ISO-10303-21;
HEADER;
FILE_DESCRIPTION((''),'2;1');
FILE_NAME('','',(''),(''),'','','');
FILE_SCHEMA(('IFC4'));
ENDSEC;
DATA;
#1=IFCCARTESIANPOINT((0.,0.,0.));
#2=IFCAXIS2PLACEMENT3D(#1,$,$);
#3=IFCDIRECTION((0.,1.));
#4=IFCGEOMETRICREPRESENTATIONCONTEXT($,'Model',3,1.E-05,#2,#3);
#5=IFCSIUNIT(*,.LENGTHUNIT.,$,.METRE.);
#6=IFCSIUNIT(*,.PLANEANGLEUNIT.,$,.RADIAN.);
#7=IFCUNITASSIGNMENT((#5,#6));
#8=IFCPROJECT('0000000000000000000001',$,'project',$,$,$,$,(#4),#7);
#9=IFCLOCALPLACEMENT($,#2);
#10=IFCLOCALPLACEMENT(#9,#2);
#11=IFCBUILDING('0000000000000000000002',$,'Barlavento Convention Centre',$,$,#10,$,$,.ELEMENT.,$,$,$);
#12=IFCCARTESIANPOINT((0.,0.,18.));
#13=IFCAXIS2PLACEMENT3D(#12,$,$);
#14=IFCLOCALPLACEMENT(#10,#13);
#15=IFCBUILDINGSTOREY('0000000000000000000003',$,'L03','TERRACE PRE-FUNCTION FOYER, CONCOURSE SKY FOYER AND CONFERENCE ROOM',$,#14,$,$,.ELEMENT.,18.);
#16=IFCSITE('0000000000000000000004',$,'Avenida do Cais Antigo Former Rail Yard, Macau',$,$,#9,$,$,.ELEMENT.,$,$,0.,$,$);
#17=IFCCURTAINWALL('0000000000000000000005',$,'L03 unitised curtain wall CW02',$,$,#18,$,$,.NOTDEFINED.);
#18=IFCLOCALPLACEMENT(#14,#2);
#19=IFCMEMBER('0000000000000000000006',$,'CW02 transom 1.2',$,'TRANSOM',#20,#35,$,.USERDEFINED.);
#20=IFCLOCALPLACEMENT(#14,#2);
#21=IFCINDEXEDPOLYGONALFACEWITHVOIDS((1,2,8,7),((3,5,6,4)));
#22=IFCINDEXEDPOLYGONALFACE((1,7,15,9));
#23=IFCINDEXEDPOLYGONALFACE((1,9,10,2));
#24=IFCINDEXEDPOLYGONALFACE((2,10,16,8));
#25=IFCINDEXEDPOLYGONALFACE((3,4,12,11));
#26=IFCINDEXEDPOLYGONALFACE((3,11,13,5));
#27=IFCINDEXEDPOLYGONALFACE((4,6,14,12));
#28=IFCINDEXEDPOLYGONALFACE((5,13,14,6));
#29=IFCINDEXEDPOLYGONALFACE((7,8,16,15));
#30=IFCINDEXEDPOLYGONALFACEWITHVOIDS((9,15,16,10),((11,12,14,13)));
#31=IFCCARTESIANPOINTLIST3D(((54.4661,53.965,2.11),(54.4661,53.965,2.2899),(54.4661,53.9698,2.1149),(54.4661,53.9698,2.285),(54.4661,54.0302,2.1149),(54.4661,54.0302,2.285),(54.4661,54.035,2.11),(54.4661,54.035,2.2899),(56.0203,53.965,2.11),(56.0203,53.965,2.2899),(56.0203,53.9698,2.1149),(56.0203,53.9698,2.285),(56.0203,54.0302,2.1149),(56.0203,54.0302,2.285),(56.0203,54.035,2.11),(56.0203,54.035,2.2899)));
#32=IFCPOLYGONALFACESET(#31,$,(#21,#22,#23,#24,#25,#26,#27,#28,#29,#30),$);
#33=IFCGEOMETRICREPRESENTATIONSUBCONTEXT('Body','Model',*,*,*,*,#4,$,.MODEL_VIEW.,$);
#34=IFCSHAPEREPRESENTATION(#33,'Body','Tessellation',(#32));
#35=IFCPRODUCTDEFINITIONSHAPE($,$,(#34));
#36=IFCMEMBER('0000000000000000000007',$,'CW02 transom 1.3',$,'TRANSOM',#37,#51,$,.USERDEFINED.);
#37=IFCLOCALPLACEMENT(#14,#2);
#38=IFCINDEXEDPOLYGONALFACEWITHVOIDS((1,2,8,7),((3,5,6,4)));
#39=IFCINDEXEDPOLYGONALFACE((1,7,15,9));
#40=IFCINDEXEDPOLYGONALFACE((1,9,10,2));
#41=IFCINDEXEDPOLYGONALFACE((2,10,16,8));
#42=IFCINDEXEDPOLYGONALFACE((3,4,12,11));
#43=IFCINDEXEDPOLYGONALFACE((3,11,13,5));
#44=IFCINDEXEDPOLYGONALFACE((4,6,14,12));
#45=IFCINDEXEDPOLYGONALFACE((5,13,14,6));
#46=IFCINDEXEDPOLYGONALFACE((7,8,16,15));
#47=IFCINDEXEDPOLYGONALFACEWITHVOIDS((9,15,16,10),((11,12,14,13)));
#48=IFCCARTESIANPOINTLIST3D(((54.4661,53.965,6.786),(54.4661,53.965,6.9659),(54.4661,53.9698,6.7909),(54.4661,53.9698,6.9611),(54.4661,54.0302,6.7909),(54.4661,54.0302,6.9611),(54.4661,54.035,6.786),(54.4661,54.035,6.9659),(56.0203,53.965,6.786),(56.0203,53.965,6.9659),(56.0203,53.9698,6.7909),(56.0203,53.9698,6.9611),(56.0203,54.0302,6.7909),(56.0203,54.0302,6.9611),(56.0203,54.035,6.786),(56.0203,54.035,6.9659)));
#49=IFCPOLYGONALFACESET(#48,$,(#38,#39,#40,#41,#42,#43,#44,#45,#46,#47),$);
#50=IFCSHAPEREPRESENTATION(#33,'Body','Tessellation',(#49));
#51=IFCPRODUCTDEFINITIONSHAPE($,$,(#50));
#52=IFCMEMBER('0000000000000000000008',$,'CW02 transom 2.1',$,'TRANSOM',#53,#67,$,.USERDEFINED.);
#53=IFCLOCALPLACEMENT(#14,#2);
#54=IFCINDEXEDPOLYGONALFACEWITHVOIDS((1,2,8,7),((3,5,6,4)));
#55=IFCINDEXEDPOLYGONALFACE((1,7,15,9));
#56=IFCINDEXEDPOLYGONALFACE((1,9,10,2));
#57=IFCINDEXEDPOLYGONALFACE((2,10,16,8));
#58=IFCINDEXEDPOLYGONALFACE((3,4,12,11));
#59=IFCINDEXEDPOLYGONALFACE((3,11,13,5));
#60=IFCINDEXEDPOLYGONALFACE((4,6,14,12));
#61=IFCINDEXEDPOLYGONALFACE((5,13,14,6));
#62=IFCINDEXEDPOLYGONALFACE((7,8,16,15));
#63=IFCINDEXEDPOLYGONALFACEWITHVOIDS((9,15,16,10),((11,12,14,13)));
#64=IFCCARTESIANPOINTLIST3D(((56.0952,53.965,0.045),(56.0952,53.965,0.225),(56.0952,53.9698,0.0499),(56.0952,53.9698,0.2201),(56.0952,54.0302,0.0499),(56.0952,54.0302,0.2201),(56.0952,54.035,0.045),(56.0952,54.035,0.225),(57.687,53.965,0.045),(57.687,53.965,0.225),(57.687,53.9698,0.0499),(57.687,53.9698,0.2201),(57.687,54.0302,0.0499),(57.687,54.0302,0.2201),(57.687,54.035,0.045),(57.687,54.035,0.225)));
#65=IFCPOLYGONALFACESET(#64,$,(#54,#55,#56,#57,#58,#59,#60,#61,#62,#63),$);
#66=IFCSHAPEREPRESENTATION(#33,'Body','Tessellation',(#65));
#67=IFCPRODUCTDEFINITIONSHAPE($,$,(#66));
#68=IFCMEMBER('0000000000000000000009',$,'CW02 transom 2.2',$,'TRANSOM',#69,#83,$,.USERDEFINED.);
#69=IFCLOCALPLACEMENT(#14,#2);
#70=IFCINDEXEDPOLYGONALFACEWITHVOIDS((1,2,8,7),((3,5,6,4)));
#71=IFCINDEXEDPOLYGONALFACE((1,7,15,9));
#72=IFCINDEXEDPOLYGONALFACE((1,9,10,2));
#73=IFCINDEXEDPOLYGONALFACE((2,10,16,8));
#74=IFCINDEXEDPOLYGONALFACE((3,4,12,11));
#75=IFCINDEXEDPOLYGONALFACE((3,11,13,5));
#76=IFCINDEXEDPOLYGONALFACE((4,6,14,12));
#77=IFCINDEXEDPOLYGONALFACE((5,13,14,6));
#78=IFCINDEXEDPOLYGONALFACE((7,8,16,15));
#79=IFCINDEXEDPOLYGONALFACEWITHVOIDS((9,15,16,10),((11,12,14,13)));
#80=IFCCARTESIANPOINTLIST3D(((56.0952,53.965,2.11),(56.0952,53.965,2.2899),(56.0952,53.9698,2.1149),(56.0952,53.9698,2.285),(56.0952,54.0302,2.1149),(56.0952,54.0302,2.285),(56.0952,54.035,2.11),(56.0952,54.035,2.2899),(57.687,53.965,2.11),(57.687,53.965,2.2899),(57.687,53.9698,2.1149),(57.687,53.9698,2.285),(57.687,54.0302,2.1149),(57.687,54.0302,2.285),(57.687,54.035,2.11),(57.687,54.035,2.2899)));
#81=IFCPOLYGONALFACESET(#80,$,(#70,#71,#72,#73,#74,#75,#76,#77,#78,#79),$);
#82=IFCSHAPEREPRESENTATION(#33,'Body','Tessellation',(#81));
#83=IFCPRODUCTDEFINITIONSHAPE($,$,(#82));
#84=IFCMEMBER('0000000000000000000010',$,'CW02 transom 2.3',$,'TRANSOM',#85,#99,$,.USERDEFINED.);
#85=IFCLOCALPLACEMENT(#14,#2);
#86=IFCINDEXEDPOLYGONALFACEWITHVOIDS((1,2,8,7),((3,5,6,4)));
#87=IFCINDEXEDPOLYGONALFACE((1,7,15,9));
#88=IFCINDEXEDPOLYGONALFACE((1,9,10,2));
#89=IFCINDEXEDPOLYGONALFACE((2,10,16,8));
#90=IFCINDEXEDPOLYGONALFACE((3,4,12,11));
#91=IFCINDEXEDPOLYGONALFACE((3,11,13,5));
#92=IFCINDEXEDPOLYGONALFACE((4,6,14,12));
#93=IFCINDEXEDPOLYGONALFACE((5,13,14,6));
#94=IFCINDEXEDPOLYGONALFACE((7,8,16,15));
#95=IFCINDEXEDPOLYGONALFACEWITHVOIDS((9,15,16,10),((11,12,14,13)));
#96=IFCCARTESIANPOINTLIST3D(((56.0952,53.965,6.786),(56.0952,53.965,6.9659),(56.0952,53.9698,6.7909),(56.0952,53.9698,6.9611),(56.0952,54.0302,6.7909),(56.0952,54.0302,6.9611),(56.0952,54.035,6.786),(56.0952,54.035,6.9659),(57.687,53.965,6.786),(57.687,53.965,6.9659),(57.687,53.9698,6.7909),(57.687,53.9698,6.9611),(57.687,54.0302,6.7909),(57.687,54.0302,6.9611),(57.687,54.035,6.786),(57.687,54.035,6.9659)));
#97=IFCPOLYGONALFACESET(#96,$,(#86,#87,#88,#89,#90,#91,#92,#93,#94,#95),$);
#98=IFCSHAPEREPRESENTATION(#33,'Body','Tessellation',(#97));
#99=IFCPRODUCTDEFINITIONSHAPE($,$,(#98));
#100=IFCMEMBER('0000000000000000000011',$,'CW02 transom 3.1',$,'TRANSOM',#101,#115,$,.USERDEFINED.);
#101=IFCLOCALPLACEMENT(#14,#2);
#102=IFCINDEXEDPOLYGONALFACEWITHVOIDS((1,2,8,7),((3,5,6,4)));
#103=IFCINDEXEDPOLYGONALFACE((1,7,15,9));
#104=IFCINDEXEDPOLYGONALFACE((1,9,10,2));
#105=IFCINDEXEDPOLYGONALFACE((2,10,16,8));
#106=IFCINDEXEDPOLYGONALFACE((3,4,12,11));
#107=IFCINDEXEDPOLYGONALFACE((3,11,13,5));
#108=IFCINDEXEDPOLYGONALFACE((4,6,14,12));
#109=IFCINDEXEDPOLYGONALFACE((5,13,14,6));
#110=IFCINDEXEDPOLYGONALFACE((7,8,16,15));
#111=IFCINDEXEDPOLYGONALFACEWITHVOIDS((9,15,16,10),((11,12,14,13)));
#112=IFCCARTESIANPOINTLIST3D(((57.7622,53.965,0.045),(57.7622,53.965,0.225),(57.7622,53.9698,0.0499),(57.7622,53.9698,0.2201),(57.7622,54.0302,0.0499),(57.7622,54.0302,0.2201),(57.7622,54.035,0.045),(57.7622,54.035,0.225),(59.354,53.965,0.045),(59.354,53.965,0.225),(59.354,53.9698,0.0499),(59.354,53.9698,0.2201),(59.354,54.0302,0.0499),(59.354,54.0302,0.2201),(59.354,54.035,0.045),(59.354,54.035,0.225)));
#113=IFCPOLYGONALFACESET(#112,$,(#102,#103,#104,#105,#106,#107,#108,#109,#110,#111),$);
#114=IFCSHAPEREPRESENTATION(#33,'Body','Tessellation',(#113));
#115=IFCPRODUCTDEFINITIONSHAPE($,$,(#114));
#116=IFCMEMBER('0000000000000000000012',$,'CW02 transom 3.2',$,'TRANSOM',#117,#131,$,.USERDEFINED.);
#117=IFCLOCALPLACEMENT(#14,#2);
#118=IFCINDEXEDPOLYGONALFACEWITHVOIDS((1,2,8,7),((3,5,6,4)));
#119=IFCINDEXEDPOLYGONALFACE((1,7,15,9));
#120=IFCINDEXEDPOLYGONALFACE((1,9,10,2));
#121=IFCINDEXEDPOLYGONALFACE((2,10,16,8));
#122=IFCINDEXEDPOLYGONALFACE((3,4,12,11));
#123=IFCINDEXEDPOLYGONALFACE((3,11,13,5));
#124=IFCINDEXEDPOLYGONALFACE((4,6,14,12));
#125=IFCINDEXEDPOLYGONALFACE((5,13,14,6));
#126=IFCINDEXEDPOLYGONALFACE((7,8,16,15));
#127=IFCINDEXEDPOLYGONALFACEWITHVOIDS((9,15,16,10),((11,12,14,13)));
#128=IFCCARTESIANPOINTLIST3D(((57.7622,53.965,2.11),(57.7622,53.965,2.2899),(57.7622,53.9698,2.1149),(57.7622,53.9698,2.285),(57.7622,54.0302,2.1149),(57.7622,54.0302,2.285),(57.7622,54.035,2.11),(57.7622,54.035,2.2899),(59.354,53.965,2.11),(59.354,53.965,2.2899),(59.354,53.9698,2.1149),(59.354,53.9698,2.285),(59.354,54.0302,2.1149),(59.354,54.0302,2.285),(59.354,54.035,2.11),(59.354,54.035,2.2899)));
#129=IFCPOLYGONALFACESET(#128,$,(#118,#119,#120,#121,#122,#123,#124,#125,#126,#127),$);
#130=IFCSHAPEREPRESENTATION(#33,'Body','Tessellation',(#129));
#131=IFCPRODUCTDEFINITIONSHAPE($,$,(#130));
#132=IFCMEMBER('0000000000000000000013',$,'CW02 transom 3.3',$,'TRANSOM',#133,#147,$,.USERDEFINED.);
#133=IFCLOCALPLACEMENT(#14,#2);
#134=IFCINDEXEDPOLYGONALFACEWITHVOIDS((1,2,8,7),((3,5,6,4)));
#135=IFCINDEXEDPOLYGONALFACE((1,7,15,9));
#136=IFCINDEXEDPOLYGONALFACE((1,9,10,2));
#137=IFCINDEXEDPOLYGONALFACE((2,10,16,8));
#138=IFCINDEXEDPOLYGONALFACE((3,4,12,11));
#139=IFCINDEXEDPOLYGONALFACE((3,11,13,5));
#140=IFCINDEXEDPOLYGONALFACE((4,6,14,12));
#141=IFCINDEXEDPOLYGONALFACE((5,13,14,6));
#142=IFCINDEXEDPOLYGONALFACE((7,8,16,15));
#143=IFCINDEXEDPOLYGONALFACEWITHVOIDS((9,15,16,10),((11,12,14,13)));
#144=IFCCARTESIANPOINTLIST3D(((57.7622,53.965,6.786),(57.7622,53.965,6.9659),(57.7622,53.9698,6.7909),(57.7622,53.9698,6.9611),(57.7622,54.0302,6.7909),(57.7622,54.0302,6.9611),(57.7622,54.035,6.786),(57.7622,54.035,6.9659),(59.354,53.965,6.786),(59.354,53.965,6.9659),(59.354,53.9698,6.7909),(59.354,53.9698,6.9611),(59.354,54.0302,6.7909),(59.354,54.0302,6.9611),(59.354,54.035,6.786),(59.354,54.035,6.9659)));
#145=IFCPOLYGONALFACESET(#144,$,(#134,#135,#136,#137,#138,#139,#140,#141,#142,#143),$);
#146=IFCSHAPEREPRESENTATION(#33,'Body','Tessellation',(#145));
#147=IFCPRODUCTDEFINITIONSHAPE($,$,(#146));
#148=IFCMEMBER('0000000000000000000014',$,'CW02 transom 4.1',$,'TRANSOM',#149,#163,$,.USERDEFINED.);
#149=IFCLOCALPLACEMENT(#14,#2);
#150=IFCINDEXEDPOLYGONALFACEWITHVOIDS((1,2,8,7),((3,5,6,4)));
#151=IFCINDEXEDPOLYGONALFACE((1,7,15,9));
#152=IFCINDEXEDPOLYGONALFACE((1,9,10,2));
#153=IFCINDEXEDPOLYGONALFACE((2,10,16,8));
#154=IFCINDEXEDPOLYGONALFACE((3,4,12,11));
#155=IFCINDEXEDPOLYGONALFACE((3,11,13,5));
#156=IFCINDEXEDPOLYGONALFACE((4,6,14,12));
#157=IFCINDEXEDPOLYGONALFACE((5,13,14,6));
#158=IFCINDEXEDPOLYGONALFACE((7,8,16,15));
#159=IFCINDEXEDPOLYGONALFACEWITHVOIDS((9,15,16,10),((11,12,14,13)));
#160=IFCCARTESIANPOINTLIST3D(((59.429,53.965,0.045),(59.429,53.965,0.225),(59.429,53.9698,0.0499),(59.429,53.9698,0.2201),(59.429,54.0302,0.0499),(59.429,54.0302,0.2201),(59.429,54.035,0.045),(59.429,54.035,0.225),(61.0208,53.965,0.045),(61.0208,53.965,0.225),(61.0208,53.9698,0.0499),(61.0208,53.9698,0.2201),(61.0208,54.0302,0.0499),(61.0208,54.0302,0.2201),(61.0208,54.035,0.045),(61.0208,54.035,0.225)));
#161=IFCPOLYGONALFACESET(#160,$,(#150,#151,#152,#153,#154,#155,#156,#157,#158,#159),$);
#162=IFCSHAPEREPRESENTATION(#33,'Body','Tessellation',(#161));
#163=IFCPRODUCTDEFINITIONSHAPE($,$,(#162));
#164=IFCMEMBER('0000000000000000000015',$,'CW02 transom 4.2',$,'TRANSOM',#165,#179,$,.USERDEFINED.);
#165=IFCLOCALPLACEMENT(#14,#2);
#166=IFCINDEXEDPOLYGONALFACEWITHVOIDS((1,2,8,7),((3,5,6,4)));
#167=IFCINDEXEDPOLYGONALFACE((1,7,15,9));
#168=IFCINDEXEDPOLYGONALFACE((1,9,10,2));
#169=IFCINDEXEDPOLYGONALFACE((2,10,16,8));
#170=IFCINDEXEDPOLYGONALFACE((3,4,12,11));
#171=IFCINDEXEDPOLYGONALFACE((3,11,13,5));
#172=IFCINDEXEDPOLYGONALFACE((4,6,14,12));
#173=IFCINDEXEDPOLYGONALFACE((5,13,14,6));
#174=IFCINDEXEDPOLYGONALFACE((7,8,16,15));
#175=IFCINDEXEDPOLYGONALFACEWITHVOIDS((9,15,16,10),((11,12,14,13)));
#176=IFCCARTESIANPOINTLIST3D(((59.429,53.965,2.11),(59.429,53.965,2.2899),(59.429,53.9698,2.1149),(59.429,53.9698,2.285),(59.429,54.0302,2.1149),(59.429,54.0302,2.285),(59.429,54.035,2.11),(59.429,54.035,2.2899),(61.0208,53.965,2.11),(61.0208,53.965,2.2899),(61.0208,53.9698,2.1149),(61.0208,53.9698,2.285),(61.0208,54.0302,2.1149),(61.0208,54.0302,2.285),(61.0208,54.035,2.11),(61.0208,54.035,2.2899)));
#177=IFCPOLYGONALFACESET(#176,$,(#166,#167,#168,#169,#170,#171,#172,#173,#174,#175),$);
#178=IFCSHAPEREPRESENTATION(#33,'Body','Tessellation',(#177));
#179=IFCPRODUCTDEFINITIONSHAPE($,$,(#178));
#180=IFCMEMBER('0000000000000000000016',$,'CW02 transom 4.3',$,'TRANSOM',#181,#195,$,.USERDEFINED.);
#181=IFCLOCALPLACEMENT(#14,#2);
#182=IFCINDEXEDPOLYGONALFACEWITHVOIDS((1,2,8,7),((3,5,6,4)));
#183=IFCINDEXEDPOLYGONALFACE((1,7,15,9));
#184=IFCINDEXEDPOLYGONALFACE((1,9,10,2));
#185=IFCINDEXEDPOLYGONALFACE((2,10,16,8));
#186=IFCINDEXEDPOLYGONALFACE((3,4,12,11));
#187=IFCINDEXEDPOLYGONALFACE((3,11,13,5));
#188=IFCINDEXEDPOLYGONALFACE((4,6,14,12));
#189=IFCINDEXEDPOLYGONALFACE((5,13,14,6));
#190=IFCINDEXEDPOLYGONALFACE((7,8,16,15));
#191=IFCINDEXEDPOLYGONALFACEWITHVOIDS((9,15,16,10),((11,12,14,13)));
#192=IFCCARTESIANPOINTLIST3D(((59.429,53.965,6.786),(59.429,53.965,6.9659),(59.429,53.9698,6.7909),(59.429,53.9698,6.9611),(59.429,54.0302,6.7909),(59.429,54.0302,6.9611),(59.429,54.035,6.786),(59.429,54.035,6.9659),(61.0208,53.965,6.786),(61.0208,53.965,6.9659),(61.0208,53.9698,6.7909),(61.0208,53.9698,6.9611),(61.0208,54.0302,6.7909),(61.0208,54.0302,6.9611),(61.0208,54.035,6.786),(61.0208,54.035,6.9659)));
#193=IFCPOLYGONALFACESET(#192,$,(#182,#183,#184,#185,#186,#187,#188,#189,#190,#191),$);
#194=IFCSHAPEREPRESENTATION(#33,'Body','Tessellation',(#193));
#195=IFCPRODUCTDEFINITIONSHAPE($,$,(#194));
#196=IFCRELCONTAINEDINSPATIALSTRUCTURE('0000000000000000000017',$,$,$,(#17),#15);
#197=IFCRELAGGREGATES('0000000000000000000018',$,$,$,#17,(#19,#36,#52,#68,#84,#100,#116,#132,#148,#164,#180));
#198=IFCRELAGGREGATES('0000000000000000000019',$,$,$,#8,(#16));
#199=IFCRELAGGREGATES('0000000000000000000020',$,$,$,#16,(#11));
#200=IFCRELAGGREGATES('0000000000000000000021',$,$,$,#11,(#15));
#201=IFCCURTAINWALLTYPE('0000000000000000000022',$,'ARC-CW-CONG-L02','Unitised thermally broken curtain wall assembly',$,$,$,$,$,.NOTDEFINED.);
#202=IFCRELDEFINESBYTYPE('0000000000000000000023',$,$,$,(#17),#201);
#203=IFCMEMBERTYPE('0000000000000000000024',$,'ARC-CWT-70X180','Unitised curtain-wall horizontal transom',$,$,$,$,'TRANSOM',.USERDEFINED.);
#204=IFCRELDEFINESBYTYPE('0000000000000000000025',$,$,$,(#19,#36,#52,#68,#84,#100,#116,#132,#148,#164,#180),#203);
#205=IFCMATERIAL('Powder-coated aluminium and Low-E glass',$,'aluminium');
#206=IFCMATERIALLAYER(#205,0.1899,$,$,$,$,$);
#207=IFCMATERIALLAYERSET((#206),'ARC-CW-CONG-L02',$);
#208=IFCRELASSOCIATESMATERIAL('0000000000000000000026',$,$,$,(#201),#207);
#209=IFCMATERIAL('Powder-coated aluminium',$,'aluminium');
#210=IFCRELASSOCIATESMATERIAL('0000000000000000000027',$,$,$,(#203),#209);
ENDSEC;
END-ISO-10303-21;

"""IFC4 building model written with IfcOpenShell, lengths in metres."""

from ifc_helpers import new_model, si_unit, direction, frame, origin, origin_2d, place, context, subcontext, project, spatial, hollow_rectangle, extrude, material, layer, layer_set, material_profile, profile_set, type_object, element, aggregate, save


model = new_model("IFC4")

# Units and contexts
model_context = context("Model", 3, precision=1e-05, world=origin(), true_north=direction((0.0, 1.0)))
body_context = subcontext(model_context, "Body", "Model", "MODEL_VIEW")
ifc_project = project(units=[si_unit("LENGTHUNIT", "METRE"), si_unit("PLANEANGLEUNIT", "RADIAN")], contexts=[model_context])

# Site, building, storey
site_placement = place(None, origin())
site = spatial("IfcSite", under=ifc_project, at=site_placement, Name="Avenida do Cais Antigo Former Rail Yard, Macau", CompositionType="ELEMENT", RefElevation=0.0)
building_placement = place(site_placement, origin())
building = spatial("IfcBuilding", under=site, at=building_placement, Name="Barlavento Convention Centre", CompositionType="ELEMENT")
storey_placement = place(building_placement, frame((0.0, 0.0, 18.0)))
storey = spatial("IfcBuildingStorey", under=building, at=storey_placement, Name="L03", Description="TERRACE PRE-FUNCTION FOYER, CONCOURSE SKY FOYER AND CONFERENCE ROOM", CompositionType="ELEMENT", Elevation=18.0)

# Shared definitions
ifc_material_1 = material(Name="Powder-coated aluminium and Low-E glass", Category="aluminium")
ifc_layer_1 = layer(ifc_material_1, 0.1899)
ifc_layer_set_1 = layer_set([ifc_layer_1], Name="ARC-CW-CONG-L02")
curtain_wall_type = type_object("IfcCurtainWallType", Name="ARC-CW-CONG-L02", Description="Unitised thermally broken curtain wall assembly", PredefinedType="NOTDEFINED", material=ifc_layer_set_1)
ifc_material_2 = material(Name="Powder-coated aluminium", Category="aluminium")

# Curtain wall
curtain_wall_1_placement = place(storey_placement, origin())
curtain_wall_1 = element("IfcCurtainWall", 1, at=curtain_wall_1_placement, inside=storey, type_object=curtain_wall_type, Name="L03 unitised curtain wall CW02", PredefinedType="NOTDEFINED")

# Members
ifc_material_profile_1 = material_profile(ifc_material_2, hollow_rectangle(XDim=0.0701, YDim=0.1799, WallThickness=0.0049, at=origin_2d()), Name="AL-TRAN 70x180x5")
ifc_profile_set_1 = profile_set([ifc_material_profile_1], Name="Powder-coated aluminium")
member_type_1 = type_object("IfcMemberType", Name="ARC-CWT-70X180", Description="Unitised curtain-wall horizontal transom", ElementType="TRANSOM", PredefinedType="USERDEFINED", material=ifc_profile_set_1)
member_1_placement = place(storey_placement, frame((54.4661, 54.0, 2.2), z_axis=(1.0, 0.0, 0.0), x_axis=(0.0, 1.0, 0.0)))
member_1 = element("IfcMember", 2, at=member_1_placement, type_object=member_type_1, Name="CW02 transom 1.2", ObjectType="TRANSOM", PredefinedType="USERDEFINED", context=body_context, shape_type="SweptSolid", body=[
    extrude(hollow_rectangle(XDim=0.0701, YDim=0.1799, WallThickness=0.0049, at=origin_2d()), origin(), (0.0, 0.0, 1.0), 1.5542),
])
member_2_placement = place(storey_placement, frame((54.4661, 54.0, 6.876), z_axis=(1.0, 0.0, 0.0), x_axis=(0.0, 1.0, 0.0)))
member_2 = element("IfcMember", 3, at=member_2_placement, type_object=member_type_1, Name="CW02 transom 1.3", ObjectType="TRANSOM", PredefinedType="USERDEFINED", context=body_context, shape_type="SweptSolid", body=[
    extrude(hollow_rectangle(XDim=0.0701, YDim=0.1799, WallThickness=0.0049, at=origin_2d()), origin(), (0.0, 0.0, 1.0), 1.5542),
])
member_3_placement = place(storey_placement, frame((56.0952, 54.0, 0.135), z_axis=(1.0, 0.0, 0.0), x_axis=(0.0, 1.0, 0.0)))
member_3 = element("IfcMember", 4, at=member_3_placement, type_object=member_type_1, Name="CW02 transom 2.1", ObjectType="TRANSOM", PredefinedType="USERDEFINED", context=body_context, shape_type="SweptSolid", body=[
    extrude(hollow_rectangle(XDim=0.0701, YDim=0.1799, WallThickness=0.0049, at=origin_2d()), origin(), (0.0, 0.0, 1.0), 1.5918),
])
member_4_placement = place(storey_placement, frame((56.0952, 54.0, 2.2), z_axis=(1.0, 0.0, 0.0), x_axis=(0.0, 1.0, 0.0)))
member_4 = element("IfcMember", 5, at=member_4_placement, type_object=member_type_1, Name="CW02 transom 2.2", ObjectType="TRANSOM", PredefinedType="USERDEFINED", context=body_context, shape_type="SweptSolid", body=[
    extrude(hollow_rectangle(XDim=0.0701, YDim=0.1799, WallThickness=0.0049, at=origin_2d()), origin(), (0.0, 0.0, 1.0), 1.5918),
])
member_5_placement = place(storey_placement, frame((56.0952, 54.0, 6.876), z_axis=(1.0, 0.0, 0.0), x_axis=(0.0, 1.0, 0.0)))
member_5 = element("IfcMember", 6, at=member_5_placement, type_object=member_type_1, Name="CW02 transom 2.3", ObjectType="TRANSOM", PredefinedType="USERDEFINED", context=body_context, shape_type="SweptSolid", body=[
    extrude(hollow_rectangle(XDim=0.0701, YDim=0.1799, WallThickness=0.0049, at=origin_2d()), origin(), (0.0, 0.0, 1.0), 1.5918),
])
member_6_placement = place(storey_placement, frame((57.7622, 54.0, 0.135), z_axis=(1.0, 0.0, 0.0), x_axis=(0.0, 1.0, 0.0)))
member_6 = element("IfcMember", 7, at=member_6_placement, type_object=member_type_1, Name="CW02 transom 3.1", ObjectType="TRANSOM", PredefinedType="USERDEFINED", context=body_context, shape_type="SweptSolid", body=[
    extrude(hollow_rectangle(XDim=0.0701, YDim=0.1799, WallThickness=0.0049, at=origin_2d()), origin(), (0.0, 0.0, 1.0), 1.5918),
])
member_7_placement = place(storey_placement, frame((57.7622, 54.0, 2.2), z_axis=(1.0, 0.0, 0.0), x_axis=(0.0, 1.0, 0.0)))
member_7 = element("IfcMember", 8, at=member_7_placement, type_object=member_type_1, Name="CW02 transom 3.2", ObjectType="TRANSOM", PredefinedType="USERDEFINED", context=body_context, shape_type="SweptSolid", body=[
    extrude(hollow_rectangle(XDim=0.0701, YDim=0.1799, WallThickness=0.0049, at=origin_2d()), origin(), (0.0, 0.0, 1.0), 1.5918),
])
member_8_placement = place(storey_placement, frame((57.7622, 54.0, 6.876), z_axis=(1.0, 0.0, 0.0), x_axis=(0.0, 1.0, 0.0)))
member_8 = element("IfcMember", 9, at=member_8_placement, type_object=member_type_1, Name="CW02 transom 3.3", ObjectType="TRANSOM", PredefinedType="USERDEFINED", context=body_context, shape_type="SweptSolid", body=[
    extrude(hollow_rectangle(XDim=0.0701, YDim=0.1799, WallThickness=0.0049, at=origin_2d()), origin(), (0.0, 0.0, 1.0), 1.5918),
])
member_9_placement = place(storey_placement, frame((59.429, 54.0, 0.135), z_axis=(1.0, 0.0, 0.0), x_axis=(0.0, 1.0, 0.0)))
member_9 = element("IfcMember", 10, at=member_9_placement, type_object=member_type_1, Name="CW02 transom 4.1", ObjectType="TRANSOM", PredefinedType="USERDEFINED", context=body_context, shape_type="SweptSolid", body=[
    extrude(hollow_rectangle(XDim=0.0701, YDim=0.1799, WallThickness=0.0049, at=origin_2d()), origin(), (0.0, 0.0, 1.0), 1.5918),
])
member_10_placement = place(storey_placement, frame((59.429, 54.0, 2.2), z_axis=(1.0, 0.0, 0.0), x_axis=(0.0, 1.0, 0.0)))
member_10 = element("IfcMember", 11, at=member_10_placement, type_object=member_type_1, Name="CW02 transom 4.2", ObjectType="TRANSOM", PredefinedType="USERDEFINED", context=body_context, shape_type="SweptSolid", body=[
    extrude(hollow_rectangle(XDim=0.0701, YDim=0.1799, WallThickness=0.0049, at=origin_2d()), origin(), (0.0, 0.0, 1.0), 1.5918),
])
member_11_placement = place(storey_placement, frame((59.429, 54.0, 6.876), z_axis=(1.0, 0.0, 0.0), x_axis=(0.0, 1.0, 0.0)))
member_11 = element("IfcMember", 12, at=member_11_placement, type_object=member_type_1, Name="CW02 transom 4.3", ObjectType="TRANSOM", PredefinedType="USERDEFINED", context=body_context, shape_type="SweptSolid", body=[
    extrude(hollow_rectangle(XDim=0.0701, YDim=0.1799, WallThickness=0.0049, at=origin_2d()), origin(), (0.0, 0.0, 1.0), 1.5918),
])

aggregate(curtain_wall_1, [member_1, member_2, member_3, member_4, member_5, member_6, member_7, member_8, member_9, member_10, member_11])

save(model, "model.ifc")
